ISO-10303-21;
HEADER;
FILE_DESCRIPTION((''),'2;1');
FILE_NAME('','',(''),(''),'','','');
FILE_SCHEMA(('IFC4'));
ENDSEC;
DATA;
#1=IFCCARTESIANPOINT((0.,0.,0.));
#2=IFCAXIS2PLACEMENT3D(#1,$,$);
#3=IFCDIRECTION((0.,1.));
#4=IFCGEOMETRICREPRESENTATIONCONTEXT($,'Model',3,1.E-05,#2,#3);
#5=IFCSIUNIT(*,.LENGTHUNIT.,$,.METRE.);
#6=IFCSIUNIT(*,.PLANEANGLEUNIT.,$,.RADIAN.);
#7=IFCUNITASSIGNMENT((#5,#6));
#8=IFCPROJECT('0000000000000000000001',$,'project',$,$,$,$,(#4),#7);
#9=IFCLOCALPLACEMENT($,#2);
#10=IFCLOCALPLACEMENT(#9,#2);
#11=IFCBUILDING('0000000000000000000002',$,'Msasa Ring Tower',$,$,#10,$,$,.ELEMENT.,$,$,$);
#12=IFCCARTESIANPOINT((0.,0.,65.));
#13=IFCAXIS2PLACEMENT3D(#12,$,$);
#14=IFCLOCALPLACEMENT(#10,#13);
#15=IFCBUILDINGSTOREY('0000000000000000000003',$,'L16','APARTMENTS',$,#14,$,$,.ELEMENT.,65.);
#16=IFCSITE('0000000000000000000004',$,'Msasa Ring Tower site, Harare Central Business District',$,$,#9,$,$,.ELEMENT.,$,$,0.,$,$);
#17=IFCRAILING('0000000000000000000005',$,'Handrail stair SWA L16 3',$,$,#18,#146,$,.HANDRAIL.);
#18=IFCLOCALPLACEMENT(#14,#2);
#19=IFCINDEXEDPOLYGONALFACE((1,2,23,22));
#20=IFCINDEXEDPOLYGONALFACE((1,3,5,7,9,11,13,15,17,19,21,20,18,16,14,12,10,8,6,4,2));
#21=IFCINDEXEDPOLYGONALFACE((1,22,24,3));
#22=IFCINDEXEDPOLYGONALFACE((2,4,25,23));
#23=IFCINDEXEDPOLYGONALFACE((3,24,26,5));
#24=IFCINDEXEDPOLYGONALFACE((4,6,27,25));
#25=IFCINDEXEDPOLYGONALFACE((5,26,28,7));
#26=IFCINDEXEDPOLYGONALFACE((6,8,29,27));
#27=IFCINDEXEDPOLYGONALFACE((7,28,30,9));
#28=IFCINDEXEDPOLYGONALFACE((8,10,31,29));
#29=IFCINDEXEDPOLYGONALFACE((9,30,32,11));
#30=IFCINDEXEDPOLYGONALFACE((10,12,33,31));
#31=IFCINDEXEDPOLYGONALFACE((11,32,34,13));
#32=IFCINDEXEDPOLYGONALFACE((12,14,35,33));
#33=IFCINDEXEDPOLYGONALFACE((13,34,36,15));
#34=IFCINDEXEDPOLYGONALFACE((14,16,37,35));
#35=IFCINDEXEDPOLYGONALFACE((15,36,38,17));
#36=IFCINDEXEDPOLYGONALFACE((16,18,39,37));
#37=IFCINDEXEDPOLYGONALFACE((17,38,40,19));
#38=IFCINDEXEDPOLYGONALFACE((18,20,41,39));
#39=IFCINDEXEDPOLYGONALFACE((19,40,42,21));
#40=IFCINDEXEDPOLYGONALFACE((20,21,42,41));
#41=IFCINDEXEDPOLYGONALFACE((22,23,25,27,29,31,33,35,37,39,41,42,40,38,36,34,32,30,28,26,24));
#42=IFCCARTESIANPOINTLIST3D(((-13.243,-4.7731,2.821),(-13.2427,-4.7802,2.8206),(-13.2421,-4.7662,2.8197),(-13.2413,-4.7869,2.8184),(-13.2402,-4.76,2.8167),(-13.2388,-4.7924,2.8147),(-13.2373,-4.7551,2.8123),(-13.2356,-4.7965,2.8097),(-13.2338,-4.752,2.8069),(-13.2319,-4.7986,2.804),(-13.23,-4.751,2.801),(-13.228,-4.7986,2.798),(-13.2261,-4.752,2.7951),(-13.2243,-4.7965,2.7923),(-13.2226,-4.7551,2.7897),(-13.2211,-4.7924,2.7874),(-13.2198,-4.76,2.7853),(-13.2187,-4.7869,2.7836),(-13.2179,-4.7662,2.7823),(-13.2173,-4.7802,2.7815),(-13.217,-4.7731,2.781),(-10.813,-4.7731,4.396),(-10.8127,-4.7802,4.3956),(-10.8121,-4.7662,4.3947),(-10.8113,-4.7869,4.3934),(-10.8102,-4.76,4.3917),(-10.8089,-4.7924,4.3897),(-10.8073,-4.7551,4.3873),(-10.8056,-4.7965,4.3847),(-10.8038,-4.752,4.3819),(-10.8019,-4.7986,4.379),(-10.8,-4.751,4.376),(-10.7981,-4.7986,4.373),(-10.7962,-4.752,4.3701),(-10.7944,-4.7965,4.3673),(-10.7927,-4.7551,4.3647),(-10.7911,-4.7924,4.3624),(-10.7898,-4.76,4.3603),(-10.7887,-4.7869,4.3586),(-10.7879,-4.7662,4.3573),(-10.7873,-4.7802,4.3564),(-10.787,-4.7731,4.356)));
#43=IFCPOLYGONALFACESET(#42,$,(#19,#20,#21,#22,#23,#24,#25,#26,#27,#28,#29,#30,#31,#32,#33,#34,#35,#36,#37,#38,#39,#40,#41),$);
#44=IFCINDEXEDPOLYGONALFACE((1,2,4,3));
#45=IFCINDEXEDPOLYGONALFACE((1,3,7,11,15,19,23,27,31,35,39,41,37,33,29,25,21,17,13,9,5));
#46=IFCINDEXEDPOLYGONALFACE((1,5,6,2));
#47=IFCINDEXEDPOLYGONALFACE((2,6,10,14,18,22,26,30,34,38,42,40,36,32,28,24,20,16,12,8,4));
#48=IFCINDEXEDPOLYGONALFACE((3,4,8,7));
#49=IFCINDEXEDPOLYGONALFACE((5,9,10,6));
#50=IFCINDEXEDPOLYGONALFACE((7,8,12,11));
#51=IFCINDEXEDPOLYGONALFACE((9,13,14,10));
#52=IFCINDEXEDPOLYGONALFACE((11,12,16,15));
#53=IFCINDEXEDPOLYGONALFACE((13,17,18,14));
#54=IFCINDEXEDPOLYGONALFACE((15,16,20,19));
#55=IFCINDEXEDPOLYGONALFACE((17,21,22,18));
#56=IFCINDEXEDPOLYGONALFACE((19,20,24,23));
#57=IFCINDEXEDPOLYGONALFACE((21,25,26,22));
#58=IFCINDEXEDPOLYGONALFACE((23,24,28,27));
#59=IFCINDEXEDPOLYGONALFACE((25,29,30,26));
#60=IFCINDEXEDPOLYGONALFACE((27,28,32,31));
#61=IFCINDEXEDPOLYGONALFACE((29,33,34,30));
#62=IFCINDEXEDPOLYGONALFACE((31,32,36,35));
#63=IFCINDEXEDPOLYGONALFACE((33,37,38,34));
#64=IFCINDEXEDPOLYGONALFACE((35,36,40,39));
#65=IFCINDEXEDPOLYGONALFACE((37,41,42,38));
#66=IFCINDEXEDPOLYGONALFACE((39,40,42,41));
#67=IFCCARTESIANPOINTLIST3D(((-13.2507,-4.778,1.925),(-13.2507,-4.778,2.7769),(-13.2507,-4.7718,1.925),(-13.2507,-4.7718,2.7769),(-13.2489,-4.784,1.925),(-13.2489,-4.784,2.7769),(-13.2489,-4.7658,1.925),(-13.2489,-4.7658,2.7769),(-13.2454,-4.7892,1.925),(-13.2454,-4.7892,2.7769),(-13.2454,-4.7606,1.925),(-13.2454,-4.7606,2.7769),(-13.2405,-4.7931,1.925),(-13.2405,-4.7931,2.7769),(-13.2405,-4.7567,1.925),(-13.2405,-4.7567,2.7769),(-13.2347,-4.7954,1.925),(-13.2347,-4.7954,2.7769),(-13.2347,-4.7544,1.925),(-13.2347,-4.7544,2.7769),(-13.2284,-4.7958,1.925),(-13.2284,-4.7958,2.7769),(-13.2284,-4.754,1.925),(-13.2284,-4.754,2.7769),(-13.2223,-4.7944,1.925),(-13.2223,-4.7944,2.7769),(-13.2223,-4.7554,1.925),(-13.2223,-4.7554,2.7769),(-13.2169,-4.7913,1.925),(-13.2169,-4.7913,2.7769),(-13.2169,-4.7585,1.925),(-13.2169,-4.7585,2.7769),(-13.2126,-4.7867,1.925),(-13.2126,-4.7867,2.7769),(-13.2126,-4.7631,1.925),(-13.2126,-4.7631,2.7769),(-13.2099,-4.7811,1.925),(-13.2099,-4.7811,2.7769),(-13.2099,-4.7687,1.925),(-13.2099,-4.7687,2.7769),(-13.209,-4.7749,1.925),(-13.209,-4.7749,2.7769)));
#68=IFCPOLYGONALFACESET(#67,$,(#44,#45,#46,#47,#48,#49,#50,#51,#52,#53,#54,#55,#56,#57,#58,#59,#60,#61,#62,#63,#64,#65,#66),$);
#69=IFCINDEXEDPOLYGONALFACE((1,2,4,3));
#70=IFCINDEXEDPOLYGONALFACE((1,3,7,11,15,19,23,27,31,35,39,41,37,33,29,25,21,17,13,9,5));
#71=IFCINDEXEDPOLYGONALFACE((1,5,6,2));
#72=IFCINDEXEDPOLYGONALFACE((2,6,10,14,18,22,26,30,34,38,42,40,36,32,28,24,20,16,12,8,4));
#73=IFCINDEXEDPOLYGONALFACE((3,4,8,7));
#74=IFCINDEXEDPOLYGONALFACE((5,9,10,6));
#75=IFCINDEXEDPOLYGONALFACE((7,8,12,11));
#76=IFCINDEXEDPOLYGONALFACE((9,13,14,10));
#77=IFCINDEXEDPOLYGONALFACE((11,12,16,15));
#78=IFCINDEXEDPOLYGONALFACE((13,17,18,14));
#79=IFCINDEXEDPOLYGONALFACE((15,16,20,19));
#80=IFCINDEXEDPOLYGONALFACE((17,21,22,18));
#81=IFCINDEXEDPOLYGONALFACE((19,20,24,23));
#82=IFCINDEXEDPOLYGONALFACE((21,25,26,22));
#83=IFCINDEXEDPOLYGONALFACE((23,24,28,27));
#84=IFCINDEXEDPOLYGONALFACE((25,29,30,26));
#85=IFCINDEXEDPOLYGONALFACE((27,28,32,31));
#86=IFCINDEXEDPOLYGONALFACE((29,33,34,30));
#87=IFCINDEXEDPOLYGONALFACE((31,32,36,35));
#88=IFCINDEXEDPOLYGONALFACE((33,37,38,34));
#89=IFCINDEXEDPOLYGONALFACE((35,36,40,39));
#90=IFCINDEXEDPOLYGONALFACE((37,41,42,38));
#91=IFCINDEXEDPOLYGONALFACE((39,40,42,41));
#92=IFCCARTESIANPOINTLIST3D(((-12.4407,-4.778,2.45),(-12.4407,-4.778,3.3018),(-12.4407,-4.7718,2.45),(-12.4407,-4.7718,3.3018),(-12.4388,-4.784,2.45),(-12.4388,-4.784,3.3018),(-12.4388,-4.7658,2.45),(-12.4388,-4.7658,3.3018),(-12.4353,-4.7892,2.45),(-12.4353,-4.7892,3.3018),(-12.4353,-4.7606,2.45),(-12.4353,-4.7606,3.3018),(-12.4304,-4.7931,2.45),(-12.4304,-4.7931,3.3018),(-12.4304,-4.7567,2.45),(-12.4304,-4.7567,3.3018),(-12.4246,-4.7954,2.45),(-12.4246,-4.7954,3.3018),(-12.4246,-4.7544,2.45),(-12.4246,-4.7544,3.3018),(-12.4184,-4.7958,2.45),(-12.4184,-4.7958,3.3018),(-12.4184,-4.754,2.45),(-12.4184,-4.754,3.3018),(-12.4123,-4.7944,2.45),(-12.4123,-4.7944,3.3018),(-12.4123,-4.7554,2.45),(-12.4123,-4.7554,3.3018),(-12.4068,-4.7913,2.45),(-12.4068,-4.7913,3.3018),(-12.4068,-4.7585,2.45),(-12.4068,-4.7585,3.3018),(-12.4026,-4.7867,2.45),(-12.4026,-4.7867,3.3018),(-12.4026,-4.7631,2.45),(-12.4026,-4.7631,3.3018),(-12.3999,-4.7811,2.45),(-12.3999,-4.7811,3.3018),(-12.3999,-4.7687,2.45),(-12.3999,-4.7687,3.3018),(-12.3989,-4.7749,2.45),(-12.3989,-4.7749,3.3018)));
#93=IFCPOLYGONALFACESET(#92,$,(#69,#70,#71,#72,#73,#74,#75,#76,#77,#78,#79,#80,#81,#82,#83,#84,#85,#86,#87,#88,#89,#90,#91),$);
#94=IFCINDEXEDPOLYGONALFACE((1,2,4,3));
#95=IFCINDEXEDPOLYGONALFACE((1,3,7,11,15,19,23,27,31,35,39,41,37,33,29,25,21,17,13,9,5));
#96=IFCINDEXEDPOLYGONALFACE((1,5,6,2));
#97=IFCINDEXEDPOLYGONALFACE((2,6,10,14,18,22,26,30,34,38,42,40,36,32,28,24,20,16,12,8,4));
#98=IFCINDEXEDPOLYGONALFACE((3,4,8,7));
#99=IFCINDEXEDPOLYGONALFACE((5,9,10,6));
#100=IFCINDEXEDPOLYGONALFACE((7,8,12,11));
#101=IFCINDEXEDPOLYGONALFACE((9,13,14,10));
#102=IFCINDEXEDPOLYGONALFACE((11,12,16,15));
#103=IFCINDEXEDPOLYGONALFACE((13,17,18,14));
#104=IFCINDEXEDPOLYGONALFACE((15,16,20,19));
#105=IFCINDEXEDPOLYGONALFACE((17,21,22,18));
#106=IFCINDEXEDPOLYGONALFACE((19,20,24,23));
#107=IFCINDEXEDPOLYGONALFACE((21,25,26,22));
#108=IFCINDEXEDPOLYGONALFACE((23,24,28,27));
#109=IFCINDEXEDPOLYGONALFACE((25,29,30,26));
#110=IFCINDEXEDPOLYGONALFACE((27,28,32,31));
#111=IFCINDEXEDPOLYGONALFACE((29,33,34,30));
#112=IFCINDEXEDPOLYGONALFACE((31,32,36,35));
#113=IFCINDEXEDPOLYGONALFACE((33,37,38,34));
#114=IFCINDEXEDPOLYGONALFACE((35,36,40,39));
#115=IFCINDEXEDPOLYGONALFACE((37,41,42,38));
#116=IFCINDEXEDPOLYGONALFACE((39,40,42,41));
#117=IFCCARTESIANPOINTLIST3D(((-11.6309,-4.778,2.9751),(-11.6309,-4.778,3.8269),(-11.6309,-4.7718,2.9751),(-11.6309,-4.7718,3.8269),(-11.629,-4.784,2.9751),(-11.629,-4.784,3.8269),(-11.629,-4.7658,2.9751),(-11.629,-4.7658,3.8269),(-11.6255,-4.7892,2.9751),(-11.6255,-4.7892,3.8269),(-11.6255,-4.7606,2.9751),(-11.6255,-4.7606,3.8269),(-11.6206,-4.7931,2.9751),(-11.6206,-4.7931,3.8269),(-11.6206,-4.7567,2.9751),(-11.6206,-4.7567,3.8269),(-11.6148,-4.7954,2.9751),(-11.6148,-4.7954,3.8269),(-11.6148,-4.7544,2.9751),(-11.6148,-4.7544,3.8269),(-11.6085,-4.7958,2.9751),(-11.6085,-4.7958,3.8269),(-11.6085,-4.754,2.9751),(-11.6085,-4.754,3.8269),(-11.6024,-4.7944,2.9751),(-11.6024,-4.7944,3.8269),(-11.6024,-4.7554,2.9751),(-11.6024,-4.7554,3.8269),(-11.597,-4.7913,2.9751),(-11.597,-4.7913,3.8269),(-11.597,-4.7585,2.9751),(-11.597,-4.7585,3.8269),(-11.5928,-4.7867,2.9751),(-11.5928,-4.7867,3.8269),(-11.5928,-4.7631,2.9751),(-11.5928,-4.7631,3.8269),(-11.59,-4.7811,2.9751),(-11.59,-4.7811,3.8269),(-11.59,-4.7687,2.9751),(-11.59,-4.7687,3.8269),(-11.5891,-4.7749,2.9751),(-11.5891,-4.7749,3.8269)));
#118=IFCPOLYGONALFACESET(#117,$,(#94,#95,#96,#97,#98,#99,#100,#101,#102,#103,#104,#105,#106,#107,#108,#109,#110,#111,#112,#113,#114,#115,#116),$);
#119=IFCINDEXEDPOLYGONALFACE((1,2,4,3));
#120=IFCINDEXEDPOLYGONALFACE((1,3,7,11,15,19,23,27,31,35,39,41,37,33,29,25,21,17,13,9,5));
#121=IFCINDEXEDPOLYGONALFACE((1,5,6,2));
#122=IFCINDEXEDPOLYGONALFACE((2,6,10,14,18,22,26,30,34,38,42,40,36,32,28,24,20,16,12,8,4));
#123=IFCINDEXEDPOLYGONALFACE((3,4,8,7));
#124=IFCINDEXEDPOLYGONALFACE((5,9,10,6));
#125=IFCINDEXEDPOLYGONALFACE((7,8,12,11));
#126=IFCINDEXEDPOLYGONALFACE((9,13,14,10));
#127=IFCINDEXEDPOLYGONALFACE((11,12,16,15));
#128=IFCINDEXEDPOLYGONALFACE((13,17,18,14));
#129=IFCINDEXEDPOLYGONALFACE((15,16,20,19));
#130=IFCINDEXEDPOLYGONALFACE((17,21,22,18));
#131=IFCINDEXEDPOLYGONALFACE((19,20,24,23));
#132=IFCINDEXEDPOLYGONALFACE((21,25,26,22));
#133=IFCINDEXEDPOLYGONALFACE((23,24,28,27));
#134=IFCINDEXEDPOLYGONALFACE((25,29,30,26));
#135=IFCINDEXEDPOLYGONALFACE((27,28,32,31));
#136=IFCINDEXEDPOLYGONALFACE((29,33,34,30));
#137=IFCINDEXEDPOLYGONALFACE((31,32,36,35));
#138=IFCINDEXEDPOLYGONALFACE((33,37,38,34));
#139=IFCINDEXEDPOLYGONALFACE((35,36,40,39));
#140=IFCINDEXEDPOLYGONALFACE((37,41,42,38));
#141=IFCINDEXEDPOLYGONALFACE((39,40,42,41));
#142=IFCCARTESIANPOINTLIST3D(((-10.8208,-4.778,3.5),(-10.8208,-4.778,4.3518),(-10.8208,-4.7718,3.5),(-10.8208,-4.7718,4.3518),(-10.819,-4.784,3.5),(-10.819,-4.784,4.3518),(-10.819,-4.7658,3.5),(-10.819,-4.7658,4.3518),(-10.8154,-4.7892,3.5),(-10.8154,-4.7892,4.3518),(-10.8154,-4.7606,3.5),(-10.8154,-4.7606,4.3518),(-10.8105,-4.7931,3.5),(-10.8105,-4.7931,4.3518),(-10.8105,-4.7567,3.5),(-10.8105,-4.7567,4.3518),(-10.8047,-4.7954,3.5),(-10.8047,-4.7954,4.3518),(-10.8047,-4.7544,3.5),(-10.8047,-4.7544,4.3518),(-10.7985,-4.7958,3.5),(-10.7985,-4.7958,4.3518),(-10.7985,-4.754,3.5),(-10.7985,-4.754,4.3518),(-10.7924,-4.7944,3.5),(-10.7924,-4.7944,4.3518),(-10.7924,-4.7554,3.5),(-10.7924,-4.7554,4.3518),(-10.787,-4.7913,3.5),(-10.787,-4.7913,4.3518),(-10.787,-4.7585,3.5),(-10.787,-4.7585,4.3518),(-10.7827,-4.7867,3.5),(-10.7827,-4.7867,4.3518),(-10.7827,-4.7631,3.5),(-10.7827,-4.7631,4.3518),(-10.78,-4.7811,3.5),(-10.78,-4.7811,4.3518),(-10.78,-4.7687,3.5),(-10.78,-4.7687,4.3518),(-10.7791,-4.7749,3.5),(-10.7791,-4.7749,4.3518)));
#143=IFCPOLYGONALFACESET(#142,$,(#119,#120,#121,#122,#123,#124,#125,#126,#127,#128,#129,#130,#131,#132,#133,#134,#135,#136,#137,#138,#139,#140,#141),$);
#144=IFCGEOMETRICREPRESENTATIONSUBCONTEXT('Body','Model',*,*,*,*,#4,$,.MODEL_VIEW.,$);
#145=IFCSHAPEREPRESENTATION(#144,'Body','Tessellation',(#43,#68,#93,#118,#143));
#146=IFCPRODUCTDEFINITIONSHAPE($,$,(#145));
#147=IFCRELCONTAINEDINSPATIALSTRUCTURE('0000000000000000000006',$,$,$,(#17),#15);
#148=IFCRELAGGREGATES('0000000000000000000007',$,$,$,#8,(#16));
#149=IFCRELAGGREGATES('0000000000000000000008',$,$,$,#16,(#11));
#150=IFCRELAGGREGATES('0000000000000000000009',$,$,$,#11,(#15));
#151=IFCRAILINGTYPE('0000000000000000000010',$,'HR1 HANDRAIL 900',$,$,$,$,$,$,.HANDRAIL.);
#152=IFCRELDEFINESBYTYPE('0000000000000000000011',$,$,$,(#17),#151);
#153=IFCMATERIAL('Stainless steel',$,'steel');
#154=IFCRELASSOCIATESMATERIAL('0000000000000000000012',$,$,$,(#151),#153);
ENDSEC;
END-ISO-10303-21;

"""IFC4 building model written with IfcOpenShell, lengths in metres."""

from ifc_helpers import new_model, si_unit, direction, frame, origin, origin_2d, place, context, subcontext, project, spatial, circle, extrude, material, type_object, element, save


model = new_model("IFC4")

# Units and contexts
model_context = context("Model", 3, precision=1e-05, world=origin(), true_north=direction((0.0, 1.0)))
body_context = subcontext(model_context, "Body", "Model", "MODEL_VIEW")
ifc_project = project(units=[si_unit("LENGTHUNIT", "METRE"), si_unit("PLANEANGLEUNIT", "RADIAN")], contexts=[model_context])

# Site, building, storey
site_placement = place(None, origin())
site = spatial("IfcSite", under=ifc_project, at=site_placement, Name="Msasa Ring Tower site, Harare Central Business District", CompositionType="ELEMENT", RefElevation=0.0)
building_placement = place(site_placement, origin())
building = spatial("IfcBuilding", under=site, at=building_placement, Name="Msasa Ring Tower", CompositionType="ELEMENT")
storey_placement = place(building_placement, frame((0.0, 0.0, 65.0)))
storey = spatial("IfcBuildingStorey", under=building, at=storey_placement, Name="L16", Description="APARTMENTS", CompositionType="ELEMENT", Elevation=65.0)

# Railing
ifc_material_1 = material(Name="Stainless steel", Category="steel")
railing_type = type_object("IfcRailingType", Name="HR1 HANDRAIL 900", PredefinedType="HANDRAIL", material=ifc_material_1)
for number, where, name in (
    (1, (-13.23, -4.7749, 1.925), "Handrail stair SWA L16 3"),
):
    element("IfcRailing", number, at=place(storey_placement, frame(where)), inside=storey, type_object=railing_type, Name=name, PredefinedType="HANDRAIL", context=body_context, shape_type="SweptSolid", body=[
        extrude(circle(Radius=0.0239, at=origin_2d()), frame((0.0, 0.0, 0.876), z_axis=(0.839154, 0.0, 0.543894), x_axis=(0.0, 1.0, 0.0)), (0.0, 0.0, 1.0), 2.8958),
        extrude(circle(Radius=0.021, at=origin_2d()), origin(), (0.0, 0.0, 1.0), 0.8518),
        extrude(circle(Radius=0.021, at=origin_2d()), frame((0.8101, 0.0, 0.5249)), (0.0, 0.0, 1.0), 0.8518),
        extrude(circle(Radius=0.021, at=origin_2d()), frame((1.6199, 0.0, 1.05)), (0.0, 0.0, 1.0), 0.8518),
        extrude(circle(Radius=0.021, at=origin_2d()), frame((2.4299, 0.0, 1.575)), (0.0, 0.0, 1.0), 0.8518),
    ])

save(model, "model.ifc")
